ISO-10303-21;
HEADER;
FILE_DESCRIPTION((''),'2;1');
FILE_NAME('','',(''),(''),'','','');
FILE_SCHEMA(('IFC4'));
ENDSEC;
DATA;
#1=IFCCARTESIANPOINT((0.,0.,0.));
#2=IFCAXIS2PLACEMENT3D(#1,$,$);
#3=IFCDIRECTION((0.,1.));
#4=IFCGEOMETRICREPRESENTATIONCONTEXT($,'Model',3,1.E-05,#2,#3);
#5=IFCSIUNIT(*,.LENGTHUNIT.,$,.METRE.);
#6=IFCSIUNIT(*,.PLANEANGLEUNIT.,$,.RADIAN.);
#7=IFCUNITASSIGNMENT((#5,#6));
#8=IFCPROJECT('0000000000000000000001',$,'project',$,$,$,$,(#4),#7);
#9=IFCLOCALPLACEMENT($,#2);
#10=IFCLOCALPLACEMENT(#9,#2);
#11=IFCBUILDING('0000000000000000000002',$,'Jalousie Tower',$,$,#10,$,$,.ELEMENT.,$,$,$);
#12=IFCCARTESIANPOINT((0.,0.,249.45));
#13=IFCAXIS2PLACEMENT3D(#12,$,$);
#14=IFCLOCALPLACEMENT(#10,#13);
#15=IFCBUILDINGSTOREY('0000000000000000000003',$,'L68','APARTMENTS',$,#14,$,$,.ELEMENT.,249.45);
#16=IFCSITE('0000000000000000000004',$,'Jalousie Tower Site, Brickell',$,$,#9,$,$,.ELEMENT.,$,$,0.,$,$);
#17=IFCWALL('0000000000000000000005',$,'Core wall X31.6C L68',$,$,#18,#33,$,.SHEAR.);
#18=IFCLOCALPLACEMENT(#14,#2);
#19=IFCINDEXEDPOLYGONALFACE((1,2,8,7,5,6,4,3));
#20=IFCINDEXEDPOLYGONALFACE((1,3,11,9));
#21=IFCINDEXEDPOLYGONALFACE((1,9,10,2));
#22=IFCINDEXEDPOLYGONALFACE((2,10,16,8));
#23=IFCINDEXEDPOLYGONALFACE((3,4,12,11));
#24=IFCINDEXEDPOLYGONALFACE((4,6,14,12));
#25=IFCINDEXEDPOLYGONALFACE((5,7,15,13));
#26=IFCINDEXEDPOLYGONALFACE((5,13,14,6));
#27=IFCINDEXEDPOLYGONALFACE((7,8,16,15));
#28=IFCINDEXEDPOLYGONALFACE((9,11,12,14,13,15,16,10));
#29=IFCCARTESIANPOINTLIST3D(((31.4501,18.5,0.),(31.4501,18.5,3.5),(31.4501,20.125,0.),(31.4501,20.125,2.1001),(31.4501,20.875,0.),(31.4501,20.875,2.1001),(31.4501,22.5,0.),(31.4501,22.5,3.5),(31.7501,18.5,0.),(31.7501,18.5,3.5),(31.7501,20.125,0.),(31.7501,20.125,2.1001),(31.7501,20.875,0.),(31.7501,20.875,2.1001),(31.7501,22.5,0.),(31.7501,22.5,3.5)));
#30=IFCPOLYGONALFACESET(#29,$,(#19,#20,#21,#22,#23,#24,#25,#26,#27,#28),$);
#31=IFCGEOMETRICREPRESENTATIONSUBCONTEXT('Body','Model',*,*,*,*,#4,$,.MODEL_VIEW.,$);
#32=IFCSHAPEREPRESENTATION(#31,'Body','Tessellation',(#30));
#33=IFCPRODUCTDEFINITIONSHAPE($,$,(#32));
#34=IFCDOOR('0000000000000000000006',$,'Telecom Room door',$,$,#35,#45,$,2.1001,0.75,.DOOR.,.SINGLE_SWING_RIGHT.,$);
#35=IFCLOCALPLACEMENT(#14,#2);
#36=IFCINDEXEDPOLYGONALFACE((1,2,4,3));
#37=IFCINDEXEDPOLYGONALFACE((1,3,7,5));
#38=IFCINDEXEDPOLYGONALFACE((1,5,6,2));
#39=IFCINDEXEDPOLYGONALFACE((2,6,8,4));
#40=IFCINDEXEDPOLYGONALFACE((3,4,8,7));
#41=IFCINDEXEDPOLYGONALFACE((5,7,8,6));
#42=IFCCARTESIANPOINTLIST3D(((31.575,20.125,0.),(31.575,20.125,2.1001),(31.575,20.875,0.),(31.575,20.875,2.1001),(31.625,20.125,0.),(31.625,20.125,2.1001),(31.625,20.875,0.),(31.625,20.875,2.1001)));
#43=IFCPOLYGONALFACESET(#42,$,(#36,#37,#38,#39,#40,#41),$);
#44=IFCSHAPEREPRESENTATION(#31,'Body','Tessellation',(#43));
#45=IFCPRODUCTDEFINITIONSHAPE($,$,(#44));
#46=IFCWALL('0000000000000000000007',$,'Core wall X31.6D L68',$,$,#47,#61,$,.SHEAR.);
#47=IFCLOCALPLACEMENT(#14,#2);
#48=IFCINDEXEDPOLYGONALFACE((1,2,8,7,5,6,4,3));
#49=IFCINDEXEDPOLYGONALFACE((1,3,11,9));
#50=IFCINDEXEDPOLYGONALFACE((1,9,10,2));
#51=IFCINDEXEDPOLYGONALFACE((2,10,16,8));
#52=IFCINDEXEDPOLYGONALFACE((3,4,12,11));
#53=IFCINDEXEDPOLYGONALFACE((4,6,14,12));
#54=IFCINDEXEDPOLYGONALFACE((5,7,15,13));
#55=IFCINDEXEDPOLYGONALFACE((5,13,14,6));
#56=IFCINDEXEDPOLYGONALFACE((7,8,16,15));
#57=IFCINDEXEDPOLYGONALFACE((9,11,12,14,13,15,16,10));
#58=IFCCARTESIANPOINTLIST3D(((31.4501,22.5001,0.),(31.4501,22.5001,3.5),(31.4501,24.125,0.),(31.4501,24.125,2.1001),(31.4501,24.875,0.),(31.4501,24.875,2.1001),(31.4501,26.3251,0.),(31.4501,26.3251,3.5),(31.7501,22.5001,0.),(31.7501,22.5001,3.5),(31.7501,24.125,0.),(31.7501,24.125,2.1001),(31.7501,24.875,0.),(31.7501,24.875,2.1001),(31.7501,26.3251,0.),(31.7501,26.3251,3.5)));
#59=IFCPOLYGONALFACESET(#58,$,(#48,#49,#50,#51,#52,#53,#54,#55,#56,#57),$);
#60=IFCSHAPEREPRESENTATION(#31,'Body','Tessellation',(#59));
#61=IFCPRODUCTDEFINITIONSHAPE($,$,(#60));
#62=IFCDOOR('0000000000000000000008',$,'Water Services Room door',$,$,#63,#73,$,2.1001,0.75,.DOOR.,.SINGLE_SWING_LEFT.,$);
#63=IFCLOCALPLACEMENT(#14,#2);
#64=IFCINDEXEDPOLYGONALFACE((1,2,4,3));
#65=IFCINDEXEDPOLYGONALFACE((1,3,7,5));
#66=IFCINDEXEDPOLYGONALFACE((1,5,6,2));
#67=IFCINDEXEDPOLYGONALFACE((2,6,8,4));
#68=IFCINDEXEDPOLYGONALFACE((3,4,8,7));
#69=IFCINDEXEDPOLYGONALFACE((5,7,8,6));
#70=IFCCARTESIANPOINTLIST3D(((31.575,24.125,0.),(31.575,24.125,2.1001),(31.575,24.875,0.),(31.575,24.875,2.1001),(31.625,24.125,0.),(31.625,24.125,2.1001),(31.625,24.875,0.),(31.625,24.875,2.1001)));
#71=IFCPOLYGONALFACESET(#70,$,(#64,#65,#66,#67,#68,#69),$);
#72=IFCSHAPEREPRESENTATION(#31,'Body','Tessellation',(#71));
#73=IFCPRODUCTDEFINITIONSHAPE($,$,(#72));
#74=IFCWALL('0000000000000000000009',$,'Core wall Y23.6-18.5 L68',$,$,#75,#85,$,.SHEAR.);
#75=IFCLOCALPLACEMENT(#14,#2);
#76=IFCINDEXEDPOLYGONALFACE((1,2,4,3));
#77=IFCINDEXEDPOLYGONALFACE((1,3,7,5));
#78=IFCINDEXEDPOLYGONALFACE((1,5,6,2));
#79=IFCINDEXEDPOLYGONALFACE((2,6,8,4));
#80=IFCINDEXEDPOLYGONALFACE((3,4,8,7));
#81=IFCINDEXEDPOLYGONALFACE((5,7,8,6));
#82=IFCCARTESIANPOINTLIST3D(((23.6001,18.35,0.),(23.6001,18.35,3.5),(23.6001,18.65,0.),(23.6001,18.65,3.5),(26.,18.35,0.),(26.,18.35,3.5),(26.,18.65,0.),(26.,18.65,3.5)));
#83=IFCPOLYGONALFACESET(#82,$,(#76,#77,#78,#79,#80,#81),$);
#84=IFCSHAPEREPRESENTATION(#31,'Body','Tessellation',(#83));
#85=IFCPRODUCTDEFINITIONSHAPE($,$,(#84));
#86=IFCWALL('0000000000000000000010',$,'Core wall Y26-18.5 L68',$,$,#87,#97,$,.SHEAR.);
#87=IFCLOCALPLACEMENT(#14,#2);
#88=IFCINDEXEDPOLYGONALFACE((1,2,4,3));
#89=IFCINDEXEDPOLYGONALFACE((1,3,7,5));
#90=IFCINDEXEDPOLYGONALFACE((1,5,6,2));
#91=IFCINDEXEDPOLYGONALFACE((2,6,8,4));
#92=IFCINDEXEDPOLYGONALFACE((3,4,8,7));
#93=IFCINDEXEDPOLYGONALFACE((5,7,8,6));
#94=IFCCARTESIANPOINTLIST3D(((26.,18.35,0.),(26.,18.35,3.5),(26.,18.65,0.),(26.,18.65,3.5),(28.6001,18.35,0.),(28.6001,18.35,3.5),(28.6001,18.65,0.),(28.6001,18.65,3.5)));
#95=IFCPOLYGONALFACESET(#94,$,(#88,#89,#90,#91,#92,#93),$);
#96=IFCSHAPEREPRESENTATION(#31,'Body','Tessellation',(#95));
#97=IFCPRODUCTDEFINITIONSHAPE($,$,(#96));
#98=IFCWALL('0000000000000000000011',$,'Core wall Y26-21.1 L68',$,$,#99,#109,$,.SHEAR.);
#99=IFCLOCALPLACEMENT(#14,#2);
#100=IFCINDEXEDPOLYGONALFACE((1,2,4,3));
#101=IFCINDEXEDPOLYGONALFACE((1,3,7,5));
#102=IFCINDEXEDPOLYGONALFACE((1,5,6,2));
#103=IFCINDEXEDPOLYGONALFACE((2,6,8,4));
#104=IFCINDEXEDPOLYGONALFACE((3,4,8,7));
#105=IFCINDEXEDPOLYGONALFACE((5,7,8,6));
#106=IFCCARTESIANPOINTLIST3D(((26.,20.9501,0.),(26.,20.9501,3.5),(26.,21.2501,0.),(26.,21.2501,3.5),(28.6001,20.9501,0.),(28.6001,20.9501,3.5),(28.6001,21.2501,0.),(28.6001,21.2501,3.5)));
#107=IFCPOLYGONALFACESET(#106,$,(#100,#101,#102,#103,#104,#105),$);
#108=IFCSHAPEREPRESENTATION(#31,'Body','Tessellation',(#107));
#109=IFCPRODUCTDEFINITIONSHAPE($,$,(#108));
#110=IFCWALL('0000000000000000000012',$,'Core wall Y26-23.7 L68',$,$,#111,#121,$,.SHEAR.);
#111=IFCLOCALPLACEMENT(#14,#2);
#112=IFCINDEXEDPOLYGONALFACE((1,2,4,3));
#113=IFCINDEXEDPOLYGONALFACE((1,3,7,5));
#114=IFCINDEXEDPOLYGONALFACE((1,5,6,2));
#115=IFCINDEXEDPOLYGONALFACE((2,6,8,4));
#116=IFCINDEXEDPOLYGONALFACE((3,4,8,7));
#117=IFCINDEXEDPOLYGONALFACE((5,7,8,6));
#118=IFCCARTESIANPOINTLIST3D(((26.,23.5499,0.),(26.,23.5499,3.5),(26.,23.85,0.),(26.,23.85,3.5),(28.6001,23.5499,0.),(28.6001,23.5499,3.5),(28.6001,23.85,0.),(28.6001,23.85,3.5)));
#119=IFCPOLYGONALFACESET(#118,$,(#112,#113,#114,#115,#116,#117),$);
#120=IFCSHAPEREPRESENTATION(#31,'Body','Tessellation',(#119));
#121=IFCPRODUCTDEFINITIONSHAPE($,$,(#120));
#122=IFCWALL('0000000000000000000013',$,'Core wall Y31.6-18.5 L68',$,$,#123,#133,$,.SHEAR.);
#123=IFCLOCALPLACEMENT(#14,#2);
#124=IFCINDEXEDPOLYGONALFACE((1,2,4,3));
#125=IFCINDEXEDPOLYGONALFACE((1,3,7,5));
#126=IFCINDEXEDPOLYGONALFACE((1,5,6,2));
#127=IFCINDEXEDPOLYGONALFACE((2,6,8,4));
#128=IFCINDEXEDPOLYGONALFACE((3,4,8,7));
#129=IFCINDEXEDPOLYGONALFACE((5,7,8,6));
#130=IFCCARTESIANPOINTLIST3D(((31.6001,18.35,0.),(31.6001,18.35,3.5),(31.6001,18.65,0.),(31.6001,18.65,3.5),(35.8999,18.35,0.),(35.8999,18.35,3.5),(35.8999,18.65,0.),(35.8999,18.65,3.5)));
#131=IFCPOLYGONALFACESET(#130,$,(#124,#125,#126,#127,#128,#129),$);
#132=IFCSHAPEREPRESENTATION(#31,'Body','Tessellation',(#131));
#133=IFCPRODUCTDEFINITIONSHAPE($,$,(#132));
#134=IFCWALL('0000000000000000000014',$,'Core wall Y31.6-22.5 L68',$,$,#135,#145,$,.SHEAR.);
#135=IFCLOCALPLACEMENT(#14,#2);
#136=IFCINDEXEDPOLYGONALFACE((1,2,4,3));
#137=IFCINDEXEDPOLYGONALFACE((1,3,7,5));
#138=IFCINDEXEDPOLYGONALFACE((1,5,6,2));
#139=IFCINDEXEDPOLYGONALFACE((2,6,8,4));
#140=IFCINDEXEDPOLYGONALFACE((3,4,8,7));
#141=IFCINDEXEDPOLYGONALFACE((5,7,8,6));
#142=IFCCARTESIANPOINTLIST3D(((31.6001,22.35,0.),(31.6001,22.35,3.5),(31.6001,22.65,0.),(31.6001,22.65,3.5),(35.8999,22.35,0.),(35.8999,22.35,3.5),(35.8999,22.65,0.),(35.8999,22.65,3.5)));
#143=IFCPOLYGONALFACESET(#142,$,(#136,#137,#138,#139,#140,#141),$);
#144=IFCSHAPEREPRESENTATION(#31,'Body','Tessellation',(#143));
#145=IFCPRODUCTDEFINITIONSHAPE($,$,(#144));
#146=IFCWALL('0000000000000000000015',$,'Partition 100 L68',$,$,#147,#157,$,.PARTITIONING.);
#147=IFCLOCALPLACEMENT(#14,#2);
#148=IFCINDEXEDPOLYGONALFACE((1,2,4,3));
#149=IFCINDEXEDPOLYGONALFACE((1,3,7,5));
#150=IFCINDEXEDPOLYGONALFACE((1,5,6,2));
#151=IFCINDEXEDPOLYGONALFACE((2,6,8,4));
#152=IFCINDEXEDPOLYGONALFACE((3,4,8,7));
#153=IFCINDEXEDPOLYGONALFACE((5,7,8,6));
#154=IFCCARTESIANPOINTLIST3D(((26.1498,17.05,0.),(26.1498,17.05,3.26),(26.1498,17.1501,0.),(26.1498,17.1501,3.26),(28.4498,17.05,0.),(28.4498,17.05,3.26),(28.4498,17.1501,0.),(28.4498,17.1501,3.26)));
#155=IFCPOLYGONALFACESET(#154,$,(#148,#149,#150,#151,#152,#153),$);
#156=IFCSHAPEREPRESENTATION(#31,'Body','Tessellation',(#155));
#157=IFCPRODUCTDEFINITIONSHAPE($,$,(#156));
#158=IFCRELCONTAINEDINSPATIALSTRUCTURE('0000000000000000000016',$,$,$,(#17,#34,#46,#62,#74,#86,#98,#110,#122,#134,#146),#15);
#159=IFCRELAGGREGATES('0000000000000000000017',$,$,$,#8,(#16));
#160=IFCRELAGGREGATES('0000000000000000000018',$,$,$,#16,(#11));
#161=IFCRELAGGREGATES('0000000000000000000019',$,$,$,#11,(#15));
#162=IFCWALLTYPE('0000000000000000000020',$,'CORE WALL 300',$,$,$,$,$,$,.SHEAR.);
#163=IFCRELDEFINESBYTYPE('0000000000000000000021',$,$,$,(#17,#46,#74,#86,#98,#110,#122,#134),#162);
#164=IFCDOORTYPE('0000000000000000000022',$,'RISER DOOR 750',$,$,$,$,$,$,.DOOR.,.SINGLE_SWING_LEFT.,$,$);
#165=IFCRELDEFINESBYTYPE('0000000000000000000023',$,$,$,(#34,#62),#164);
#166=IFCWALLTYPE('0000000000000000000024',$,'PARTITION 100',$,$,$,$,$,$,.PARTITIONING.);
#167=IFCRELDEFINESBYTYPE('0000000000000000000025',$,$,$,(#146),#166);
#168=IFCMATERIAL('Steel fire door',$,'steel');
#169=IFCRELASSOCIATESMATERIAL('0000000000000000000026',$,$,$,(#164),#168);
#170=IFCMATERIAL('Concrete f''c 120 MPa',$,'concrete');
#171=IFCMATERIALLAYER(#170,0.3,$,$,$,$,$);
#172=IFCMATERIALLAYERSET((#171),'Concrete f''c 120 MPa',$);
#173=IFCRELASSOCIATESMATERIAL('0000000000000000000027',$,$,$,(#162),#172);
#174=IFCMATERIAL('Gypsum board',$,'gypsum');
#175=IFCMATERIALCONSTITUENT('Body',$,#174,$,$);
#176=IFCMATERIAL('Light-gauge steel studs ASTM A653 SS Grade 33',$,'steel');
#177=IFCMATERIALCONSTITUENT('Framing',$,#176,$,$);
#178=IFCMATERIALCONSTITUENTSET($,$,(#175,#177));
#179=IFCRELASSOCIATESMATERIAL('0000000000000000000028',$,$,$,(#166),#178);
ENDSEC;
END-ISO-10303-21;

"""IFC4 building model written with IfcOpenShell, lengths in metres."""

from ifc_helpers import new_model, si_unit, direction, frame, frame_2d, origin, place, context, subcontext, project, spatial, rectangle, extrude, material, layer, layer_set, constituent, constituent_set, type_object, element, fill, save


model = new_model("IFC4")

# Units and contexts
model_context = context("Model", 3, precision=1e-05, world=origin(), true_north=direction((0.0, 1.0)))
body_context = subcontext(model_context, "Body", "Model", "MODEL_VIEW")
ifc_project = project(units=[si_unit("LENGTHUNIT", "METRE"), si_unit("PLANEANGLEUNIT", "RADIAN")], contexts=[model_context])

# Site, building, storey
site_placement = place(None, origin())
site = spatial("IfcSite", under=ifc_project, at=site_placement, Name="Jalousie Tower Site, Brickell", CompositionType="ELEMENT", RefElevation=0.0)
building_placement = place(site_placement, origin())
building = spatial("IfcBuilding", under=site, at=building_placement, Name="Jalousie Tower", CompositionType="ELEMENT")
storey_placement = place(building_placement, frame((0.0, 0.0, 249.45)))
storey = spatial("IfcBuildingStorey", under=building, at=storey_placement, Name="L68", Description="APARTMENTS", CompositionType="ELEMENT", Elevation=249.45)

# Shared definitions
ifc_material_1 = material(Name="Steel fire door", Category="steel")
door_type_1 = type_object("IfcDoorType", Name="RISER DOOR 750", OperationType="SINGLE_SWING_LEFT", PredefinedType="DOOR", material=ifc_material_1)

# Shared definitions
ifc_material_2 = material(Name="Concrete f'c 120 MPa", Category="concrete")
ifc_layer_1 = layer(ifc_material_2, 0.3)
ifc_layer_set_1 = layer_set([ifc_layer_1], Name="Concrete f'c 120 MPa")
wall_type_1 = type_object("IfcWallType", Name="CORE WALL 300", PredefinedType="SHEAR", material=ifc_layer_set_1)

# Walls, openings, doors
wall_1_placement = place(storey_placement, frame((31.6001, 18.5, 0.0), z_axis=(0.0, 0.0, 1.0), x_axis=(0.0, 1.0, 0.0)))
wall_1 = element("IfcWall", 1, at=wall_1_placement, inside=storey, type_object=wall_type_1, Name="Core wall X31.6C L68", PredefinedType="SHEAR", context=body_context, shape_type="SweptSolid", body=[
    extrude(rectangle(XDim=4.0, YDim=0.3, at=frame_2d((2.0, 0.0))), origin(), (0.0, 0.0, 1.0), 3.5),
])
opening_1_placement = place(wall_1_placement, frame((1.625, 0.0, 0.0)))
opening_1 = element("IfcOpeningElement", 2, at=opening_1_placement, cuts=wall_1, PredefinedType="OPENING", context=body_context, shape_type="SweptSolid", body=[
    extrude(rectangle(XDim=0.75, YDim=2.1001, at=frame_2d((0.375, 1.05))), frame((0.0, 0.1599, 0.0), z_axis=(0.0, -1.0, 0.0), x_axis=(1.0, 0.0, 0.0)), (0.0, 0.0, 1.0), 0.3201),
])
door_1_placement = place(opening_1_placement, frame((0.75, 0.0, 0.0), z_axis=(0.0, 0.0, 1.0), x_axis=(-1.0, 0.0, 0.0)))
door_1 = element("IfcDoor", 3, at=door_1_placement, inside=storey, type_object=door_type_1, Name="Telecom Room door", OperationType="SINGLE_SWING_RIGHT", OverallHeight=2.1001, OverallWidth=0.75, PredefinedType="DOOR", context=body_context, shape_type="SweptSolid", body=[
    extrude(rectangle(XDim=0.75, YDim=2.1001, at=frame_2d((0.375, 1.05))), frame((0.0, 0.0249, 0.0), z_axis=(0.0, -1.0, 0.0), x_axis=(1.0, 0.0, 0.0)), (0.0, 0.0, 1.0), 0.05),
])
fill(opening_1, door_1)
wall_2_placement = place(storey_placement, frame((31.6001, 22.5, 0.0), z_axis=(0.0, 0.0, 1.0), x_axis=(0.0, 1.0, 0.0)))
wall_2 = element("IfcWall", 4, at=wall_2_placement, inside=storey, type_object=wall_type_1, Name="Core wall X31.6D L68", PredefinedType="SHEAR", context=body_context, shape_type="SweptSolid", body=[
    extrude(rectangle(XDim=3.825, YDim=0.3, at=frame_2d((1.9126, 0.0))), origin(), (0.0, 0.0, 1.0), 3.5),
])
opening_2_placement = place(wall_2_placement, frame((1.625, 0.0, 0.0)))
opening_2 = element("IfcOpeningElement", 5, at=opening_2_placement, cuts=wall_2, PredefinedType="OPENING", context=body_context, shape_type="SweptSolid", body=[
    extrude(rectangle(XDim=0.75, YDim=2.1001, at=frame_2d((0.375, 1.05))), frame((0.0, 0.1599, 0.0), z_axis=(0.0, -1.0, 0.0), x_axis=(1.0, 0.0, 0.0)), (0.0, 0.0, 1.0), 0.3201),
])
door_2_placement = place(opening_2_placement, frame((0.75, 0.0, 0.0), z_axis=(0.0, 0.0, 1.0), x_axis=(-1.0, 0.0, 0.0)))
door_2 = element("IfcDoor", 6, at=door_2_placement, inside=storey, type_object=door_type_1, Name="Water Services Room door", OperationType="SINGLE_SWING_LEFT", OverallHeight=2.1001, OverallWidth=0.75, PredefinedType="DOOR", context=body_context, shape_type="SweptSolid", body=[
    extrude(rectangle(XDim=0.75, YDim=2.1001, at=frame_2d((0.375, 1.05))), frame((0.0, 0.0249, 0.0), z_axis=(0.0, -1.0, 0.0), x_axis=(1.0, 0.0, 0.0)), (0.0, 0.0, 1.0), 0.05),
])
fill(opening_2, door_2)

# Walls
wall_3_placement = place(storey_placement, frame((23.6001, 18.5, 0.0), z_axis=(0.0, 0.0, 1.0), x_axis=(1.0, 0.0, 0.0)))
element("IfcWall", 7, at=wall_3_placement, inside=storey, type_object=wall_type_1, Name="Core wall Y23.6-18.5 L68", PredefinedType="SHEAR", context=body_context, shape_type="SweptSolid", body=[
    extrude(rectangle(XDim=2.3999, YDim=0.3, at=frame_2d((1.2, 0.0))), origin(), (0.0, 0.0, 1.0), 3.5),
])
for number, where, z_axis, x_axis, name in (
    (8, (26.0, 18.5, 0.0), (0.0, 0.0, 1.0), (1.0, 0.0, 0.0), "Core wall Y26-18.5 L68"),
    (9, (26.0, 21.1001, 0.0), (0.0, 0.0, 1.0), (1.0, 0.0, 0.0), "Core wall Y26-21.1 L68"),
    (10, (26.0, 23.7, 0.0), (0.0, 0.0, 1.0), (1.0, 0.0, 0.0), "Core wall Y26-23.7 L68"),
):
    element("IfcWall", number, at=place(storey_placement, frame(where, z_axis=z_axis, x_axis=x_axis)), inside=storey, type_object=wall_type_1, Name=name, PredefinedType="SHEAR", context=body_context, shape_type="SweptSolid", body=[
        extrude(rectangle(XDim=2.6001, YDim=0.3, at=frame_2d((1.3, 0.0))), origin(), (0.0, 0.0, 1.0), 3.5),
    ])
for number, where, z_axis, x_axis, name in (
    (11, (31.6001, 18.5, 0.0), (0.0, 0.0, 1.0), (1.0, 0.0, 0.0), "Core wall Y31.6-18.5 L68"),
    (12, (31.6001, 22.5, 0.0), (0.0, 0.0, 1.0), (1.0, 0.0, 0.0), "Core wall Y31.6-22.5 L68"),
):
    element("IfcWall", number, at=place(storey_placement, frame(where, z_axis=z_axis, x_axis=x_axis)), inside=storey, type_object=wall_type_1, Name=name, PredefinedType="SHEAR", context=body_context, shape_type="SweptSolid", body=[
        extrude(rectangle(XDim=4.2998, YDim=0.3, at=frame_2d((2.1499, 0.0))), origin(), (0.0, 0.0, 1.0), 3.5),
    ])
ifc_material_3 = material(Name="Gypsum board", Category="gypsum")
ifc_constituent_1 = constituent(ifc_material_3, Name="Body")
ifc_material_4 = material(Name="Light-gauge steel studs ASTM A653 SS Grade 33", Category="steel")
ifc_constituent_2 = constituent(ifc_material_4, Name="Framing")
ifc_constituent_set = constituent_set(constituents=[ifc_constituent_1, ifc_constituent_2])
wall_type_2 = type_object("IfcWallType", Name="PARTITION 100", PredefinedType="PARTITIONING", material=ifc_constituent_set)
wall_4_placement = place(storey_placement, frame((26.1499, 17.1001, 0.0), z_axis=(0.0, 0.0, 1.0), x_axis=(1.0, 0.0, 0.0)))
element("IfcWall", 13, at=wall_4_placement, inside=storey, type_object=wall_type_2, Name="Partition 100 L68", PredefinedType="PARTITIONING", context=body_context, shape_type="SweptSolid", body=[
    extrude(rectangle(XDim=2.3, YDim=0.1001, at=frame_2d((1.1499, 0.0))), origin(), (0.0, 0.0, 1.0), 3.26),
])

save(model, "model.ifc")
